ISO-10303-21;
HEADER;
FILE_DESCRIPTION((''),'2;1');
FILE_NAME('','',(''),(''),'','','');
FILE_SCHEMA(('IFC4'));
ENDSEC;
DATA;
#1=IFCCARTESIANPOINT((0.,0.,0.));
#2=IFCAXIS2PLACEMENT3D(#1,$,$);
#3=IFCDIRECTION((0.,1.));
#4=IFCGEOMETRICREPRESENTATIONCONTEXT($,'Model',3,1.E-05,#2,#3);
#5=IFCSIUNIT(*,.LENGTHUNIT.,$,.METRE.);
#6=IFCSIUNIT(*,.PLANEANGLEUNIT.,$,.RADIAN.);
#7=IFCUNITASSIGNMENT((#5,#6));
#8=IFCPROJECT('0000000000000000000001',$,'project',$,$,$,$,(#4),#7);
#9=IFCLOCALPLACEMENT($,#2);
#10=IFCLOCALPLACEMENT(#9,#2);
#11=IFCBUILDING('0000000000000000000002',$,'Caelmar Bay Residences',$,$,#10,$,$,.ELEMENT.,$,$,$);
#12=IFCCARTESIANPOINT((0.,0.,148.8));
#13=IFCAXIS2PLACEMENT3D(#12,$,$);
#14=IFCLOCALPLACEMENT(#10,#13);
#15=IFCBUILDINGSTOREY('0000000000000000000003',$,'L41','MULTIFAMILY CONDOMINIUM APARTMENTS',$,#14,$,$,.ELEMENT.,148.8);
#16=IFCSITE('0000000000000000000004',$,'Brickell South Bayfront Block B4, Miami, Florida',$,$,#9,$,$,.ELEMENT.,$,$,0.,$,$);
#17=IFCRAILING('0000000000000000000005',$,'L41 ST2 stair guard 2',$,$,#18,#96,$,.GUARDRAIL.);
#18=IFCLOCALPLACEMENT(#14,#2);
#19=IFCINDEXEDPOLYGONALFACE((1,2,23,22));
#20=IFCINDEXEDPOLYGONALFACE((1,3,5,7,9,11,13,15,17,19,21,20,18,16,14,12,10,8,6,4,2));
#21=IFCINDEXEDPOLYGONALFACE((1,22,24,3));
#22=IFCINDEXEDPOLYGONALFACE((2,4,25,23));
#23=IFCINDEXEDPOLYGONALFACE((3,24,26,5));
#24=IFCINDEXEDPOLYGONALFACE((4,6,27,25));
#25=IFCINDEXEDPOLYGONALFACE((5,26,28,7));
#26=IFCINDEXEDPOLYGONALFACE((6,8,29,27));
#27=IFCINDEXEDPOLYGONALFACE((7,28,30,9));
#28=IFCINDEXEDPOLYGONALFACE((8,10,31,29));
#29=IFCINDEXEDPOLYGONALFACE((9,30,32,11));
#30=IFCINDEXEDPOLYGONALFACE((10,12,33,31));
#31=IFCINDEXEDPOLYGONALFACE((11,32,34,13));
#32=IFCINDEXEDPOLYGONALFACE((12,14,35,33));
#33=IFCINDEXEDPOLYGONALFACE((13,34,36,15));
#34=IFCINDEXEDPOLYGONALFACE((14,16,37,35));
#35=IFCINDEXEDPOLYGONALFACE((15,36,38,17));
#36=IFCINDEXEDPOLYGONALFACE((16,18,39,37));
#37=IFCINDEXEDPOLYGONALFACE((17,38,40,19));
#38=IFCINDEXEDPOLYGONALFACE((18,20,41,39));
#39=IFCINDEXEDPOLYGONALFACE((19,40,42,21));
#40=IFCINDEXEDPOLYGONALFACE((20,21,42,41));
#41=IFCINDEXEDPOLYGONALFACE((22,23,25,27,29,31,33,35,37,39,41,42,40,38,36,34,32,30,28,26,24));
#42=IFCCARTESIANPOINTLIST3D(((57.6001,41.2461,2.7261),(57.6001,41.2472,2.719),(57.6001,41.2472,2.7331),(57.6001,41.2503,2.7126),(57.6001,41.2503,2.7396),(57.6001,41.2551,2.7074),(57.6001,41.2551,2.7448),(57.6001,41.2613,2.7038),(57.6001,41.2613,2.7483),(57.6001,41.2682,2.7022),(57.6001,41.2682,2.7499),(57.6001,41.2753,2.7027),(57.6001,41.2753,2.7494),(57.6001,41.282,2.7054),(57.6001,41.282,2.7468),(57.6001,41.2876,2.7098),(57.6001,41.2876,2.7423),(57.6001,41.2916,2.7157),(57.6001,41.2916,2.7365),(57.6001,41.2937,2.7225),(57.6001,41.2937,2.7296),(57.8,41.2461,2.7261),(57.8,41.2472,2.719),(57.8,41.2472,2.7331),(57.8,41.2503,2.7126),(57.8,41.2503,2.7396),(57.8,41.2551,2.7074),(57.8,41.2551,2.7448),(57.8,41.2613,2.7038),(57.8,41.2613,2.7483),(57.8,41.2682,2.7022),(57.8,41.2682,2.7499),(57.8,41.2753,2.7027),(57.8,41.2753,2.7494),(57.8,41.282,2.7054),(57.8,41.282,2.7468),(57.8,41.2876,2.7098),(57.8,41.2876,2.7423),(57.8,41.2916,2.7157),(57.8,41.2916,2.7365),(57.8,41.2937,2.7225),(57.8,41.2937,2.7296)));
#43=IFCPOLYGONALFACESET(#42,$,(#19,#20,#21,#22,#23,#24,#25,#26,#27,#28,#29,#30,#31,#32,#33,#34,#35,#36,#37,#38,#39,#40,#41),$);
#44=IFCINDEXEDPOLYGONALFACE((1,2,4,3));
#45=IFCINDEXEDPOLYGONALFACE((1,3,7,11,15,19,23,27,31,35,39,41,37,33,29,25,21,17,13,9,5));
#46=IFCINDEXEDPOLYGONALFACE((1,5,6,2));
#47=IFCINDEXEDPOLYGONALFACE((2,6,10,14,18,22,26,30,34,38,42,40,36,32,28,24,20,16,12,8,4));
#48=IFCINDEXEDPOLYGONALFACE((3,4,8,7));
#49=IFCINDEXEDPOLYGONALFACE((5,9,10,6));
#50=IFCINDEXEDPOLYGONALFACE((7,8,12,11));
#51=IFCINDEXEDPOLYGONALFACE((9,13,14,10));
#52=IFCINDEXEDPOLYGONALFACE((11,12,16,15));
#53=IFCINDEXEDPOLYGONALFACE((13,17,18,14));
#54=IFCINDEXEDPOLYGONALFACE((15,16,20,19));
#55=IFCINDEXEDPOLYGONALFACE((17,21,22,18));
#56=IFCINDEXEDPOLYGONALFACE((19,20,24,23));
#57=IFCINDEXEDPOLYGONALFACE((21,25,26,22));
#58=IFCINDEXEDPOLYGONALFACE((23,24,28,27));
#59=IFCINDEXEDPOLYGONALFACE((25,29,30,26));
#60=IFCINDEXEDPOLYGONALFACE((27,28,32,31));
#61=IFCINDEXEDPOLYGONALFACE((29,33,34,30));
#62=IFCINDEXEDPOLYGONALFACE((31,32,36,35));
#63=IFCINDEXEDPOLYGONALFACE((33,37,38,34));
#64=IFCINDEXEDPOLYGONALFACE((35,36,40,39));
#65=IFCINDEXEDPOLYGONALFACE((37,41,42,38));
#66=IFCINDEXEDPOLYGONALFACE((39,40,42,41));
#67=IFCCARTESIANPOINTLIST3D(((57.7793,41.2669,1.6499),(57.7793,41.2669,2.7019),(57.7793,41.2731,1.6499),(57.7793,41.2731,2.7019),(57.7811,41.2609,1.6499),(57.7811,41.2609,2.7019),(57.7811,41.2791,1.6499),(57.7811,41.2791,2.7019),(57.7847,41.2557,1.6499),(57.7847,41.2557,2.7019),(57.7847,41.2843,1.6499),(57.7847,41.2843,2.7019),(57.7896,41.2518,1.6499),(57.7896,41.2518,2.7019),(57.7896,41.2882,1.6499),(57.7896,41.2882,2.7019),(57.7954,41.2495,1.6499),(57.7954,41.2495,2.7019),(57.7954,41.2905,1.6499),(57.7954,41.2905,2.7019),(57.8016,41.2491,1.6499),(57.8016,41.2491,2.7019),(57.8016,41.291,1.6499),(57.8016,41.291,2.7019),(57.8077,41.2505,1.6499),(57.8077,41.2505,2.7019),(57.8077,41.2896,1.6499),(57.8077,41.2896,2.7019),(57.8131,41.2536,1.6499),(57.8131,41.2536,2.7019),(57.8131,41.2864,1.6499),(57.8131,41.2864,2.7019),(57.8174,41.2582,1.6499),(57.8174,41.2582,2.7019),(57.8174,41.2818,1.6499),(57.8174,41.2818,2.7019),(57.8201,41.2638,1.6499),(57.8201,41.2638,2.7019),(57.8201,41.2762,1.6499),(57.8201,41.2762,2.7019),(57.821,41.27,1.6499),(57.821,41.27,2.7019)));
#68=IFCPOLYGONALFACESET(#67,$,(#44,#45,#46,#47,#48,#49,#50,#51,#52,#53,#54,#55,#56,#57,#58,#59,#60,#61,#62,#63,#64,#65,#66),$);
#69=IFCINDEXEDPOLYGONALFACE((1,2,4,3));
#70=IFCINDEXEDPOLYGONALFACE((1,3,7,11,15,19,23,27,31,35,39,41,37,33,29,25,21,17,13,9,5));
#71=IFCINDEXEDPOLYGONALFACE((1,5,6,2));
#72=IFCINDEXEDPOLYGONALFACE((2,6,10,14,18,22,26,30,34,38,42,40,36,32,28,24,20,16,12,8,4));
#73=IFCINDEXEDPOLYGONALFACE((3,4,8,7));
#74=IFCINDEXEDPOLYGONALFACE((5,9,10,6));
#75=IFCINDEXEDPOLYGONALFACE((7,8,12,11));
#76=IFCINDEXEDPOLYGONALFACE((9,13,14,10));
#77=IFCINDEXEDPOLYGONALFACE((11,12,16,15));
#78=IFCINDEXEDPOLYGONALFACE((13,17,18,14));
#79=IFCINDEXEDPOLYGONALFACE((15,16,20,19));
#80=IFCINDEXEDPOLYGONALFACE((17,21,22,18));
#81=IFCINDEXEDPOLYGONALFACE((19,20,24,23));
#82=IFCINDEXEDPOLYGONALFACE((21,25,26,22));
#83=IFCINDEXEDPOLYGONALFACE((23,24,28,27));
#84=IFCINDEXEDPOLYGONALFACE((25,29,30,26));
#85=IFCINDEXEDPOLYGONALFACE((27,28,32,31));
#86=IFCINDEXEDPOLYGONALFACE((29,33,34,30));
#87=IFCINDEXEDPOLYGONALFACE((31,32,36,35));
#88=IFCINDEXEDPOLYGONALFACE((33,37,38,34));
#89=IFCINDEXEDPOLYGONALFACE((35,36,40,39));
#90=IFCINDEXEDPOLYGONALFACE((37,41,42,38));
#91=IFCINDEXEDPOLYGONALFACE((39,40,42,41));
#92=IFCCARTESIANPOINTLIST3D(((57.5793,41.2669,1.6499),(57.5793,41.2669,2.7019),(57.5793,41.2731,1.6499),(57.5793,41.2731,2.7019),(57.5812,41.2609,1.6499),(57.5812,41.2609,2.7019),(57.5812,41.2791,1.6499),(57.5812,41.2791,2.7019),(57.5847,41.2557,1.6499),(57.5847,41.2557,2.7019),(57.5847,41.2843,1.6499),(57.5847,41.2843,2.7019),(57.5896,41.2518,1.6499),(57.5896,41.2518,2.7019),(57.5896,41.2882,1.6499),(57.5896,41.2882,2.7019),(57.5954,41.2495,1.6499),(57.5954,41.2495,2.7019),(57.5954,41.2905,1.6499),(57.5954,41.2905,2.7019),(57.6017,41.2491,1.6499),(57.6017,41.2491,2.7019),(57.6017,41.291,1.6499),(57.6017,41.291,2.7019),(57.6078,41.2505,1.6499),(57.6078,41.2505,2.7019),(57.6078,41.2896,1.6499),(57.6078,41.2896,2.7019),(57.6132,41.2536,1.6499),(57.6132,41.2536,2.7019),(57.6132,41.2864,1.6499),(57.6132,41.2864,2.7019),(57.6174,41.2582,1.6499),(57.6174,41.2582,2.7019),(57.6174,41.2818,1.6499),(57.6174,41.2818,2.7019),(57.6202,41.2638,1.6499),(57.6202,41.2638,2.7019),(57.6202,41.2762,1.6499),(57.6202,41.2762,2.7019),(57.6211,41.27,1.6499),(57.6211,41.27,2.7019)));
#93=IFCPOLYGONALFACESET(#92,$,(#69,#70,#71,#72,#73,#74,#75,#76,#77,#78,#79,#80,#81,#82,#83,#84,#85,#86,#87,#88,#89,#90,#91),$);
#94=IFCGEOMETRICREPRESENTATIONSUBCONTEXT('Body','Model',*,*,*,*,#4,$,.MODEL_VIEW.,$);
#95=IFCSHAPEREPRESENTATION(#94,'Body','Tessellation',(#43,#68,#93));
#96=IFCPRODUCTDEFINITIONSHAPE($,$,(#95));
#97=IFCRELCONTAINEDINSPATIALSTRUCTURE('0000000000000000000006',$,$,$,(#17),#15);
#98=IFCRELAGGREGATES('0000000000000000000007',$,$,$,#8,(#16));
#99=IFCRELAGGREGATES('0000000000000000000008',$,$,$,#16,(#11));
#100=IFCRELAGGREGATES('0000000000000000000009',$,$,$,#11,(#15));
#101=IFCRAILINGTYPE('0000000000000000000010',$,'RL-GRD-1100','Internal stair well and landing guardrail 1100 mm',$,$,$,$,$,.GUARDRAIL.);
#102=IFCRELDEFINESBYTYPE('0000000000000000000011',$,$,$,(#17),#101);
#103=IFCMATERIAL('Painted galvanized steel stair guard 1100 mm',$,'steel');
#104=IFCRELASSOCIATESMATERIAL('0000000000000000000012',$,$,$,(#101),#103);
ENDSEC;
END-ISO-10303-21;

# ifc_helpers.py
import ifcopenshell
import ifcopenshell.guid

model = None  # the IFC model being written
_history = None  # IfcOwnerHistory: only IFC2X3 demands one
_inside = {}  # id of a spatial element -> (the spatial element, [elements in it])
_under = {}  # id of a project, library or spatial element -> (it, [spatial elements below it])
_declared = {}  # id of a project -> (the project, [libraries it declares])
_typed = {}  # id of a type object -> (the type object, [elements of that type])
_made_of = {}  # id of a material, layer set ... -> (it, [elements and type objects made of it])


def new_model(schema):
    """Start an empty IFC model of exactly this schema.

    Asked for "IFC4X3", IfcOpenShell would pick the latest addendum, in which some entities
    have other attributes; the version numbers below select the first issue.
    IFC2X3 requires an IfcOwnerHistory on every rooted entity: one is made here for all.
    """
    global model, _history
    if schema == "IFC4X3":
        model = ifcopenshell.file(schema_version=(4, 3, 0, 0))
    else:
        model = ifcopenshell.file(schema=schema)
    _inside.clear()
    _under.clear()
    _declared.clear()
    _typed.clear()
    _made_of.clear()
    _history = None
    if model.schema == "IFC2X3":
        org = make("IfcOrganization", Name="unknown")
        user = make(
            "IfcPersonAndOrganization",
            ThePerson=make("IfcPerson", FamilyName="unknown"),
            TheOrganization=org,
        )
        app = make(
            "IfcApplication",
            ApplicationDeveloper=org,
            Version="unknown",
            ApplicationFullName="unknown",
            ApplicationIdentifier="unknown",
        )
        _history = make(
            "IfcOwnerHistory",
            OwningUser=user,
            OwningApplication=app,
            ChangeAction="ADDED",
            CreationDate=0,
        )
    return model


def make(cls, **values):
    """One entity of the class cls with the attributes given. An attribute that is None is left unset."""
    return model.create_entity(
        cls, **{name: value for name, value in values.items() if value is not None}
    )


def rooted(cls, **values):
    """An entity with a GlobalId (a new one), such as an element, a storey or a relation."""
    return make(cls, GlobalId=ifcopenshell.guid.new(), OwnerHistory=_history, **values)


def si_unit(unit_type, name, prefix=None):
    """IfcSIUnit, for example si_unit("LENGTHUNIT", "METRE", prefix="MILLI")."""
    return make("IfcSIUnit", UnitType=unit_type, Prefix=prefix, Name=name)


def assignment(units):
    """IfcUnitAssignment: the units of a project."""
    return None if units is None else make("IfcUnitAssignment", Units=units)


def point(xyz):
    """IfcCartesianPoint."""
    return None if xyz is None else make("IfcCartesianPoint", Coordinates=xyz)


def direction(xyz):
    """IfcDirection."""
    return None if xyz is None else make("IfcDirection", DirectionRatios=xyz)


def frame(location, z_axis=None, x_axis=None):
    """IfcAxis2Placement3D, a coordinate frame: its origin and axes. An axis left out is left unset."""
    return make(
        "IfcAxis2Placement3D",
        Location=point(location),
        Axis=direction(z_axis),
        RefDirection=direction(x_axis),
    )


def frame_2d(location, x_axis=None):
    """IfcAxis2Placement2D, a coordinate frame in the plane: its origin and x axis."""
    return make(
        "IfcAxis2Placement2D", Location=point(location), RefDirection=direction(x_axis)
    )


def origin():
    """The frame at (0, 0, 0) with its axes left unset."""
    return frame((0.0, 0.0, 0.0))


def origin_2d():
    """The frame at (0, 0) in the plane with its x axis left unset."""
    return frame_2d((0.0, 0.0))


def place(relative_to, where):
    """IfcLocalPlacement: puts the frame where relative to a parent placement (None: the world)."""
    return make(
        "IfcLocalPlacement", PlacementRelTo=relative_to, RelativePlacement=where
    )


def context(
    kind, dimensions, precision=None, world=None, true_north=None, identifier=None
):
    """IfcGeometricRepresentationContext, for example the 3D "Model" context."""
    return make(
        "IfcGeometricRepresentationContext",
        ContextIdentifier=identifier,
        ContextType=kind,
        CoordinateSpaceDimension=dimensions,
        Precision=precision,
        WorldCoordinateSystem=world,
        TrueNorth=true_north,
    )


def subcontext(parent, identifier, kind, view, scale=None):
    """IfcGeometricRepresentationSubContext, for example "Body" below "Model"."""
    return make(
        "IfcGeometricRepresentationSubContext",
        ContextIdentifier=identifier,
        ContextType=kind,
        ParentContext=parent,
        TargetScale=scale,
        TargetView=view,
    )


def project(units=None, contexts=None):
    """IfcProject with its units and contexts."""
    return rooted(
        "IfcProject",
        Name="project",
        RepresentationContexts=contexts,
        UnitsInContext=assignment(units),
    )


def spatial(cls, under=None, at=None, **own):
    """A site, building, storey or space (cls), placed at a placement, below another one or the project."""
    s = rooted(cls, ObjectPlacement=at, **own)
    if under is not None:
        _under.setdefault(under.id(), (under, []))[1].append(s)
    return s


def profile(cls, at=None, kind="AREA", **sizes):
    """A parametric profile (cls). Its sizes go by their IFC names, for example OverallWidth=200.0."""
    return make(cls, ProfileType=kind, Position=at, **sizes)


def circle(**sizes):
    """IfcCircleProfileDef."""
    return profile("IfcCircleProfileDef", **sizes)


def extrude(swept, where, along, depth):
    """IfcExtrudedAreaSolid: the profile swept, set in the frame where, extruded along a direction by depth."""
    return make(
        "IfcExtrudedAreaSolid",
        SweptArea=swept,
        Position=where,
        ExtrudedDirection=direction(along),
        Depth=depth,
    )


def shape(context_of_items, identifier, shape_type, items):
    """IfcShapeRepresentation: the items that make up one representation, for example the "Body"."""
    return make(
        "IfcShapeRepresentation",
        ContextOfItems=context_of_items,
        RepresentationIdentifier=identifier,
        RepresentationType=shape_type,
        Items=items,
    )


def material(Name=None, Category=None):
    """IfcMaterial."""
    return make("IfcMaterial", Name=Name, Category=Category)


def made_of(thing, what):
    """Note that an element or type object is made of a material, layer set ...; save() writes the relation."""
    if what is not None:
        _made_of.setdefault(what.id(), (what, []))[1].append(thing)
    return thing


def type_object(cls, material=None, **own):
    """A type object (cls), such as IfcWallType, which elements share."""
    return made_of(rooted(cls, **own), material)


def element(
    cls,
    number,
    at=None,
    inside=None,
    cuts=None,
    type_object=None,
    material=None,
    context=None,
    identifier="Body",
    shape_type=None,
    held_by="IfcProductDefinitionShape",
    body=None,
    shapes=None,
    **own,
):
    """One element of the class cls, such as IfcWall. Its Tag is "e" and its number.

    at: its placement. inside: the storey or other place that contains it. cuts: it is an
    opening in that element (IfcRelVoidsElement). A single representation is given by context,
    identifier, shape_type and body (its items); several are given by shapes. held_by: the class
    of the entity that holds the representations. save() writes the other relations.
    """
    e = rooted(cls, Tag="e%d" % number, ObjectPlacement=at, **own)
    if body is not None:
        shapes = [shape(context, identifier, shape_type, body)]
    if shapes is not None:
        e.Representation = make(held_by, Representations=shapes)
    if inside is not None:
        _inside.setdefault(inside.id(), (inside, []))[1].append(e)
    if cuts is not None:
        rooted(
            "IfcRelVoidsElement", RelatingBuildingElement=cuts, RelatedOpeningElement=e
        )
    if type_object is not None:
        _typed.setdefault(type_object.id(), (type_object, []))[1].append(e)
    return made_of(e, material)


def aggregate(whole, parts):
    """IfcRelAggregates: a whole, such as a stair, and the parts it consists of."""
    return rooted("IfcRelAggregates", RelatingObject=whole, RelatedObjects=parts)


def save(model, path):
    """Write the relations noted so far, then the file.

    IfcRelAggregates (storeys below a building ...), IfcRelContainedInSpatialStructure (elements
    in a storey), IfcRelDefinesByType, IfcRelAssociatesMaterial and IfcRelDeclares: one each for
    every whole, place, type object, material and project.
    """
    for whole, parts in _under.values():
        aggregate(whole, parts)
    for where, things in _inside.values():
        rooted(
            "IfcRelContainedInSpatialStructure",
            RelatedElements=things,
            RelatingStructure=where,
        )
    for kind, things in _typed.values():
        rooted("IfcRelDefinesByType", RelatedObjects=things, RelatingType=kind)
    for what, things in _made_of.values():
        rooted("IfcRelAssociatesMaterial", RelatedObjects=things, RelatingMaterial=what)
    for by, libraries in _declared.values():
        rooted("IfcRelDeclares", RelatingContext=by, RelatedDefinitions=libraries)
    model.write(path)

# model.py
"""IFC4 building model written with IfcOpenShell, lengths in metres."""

from ifc_helpers import new_model, si_unit, direction, frame, origin, origin_2d, place, context, subcontext, project, spatial, circle, extrude, material, type_object, element, save


model = new_model("IFC4")

# Units and contexts
model_context = context("Model", 3, precision=1e-05, world=origin(), true_north=direction((0.0, 1.0)))
body_context = subcontext(model_context, "Body", "Model", "MODEL_VIEW")
ifc_project = project(units=[si_unit("LENGTHUNIT", "METRE"), si_unit("PLANEANGLEUNIT", "RADIAN")], contexts=[model_context])

# Site, building, storey
site_placement = place(None, origin())
site = spatial("IfcSite", under=ifc_project, at=site_placement, Name="Brickell South Bayfront Block B4, Miami, Florida", CompositionType="ELEMENT", RefElevation=0.0)
building_placement = place(site_placement, origin())
building = spatial("IfcBuilding", under=site, at=building_placement, Name="Caelmar Bay Residences", CompositionType="ELEMENT")
storey_placement = place(building_placement, frame((0.0, 0.0, 148.8)))
storey = spatial("IfcBuildingStorey", under=building, at=storey_placement, Name="L41", Description="MULTIFAMILY CONDOMINIUM APARTMENTS", CompositionType="ELEMENT", Elevation=148.8)

# Railing
ifc_material_1 = material(Name="Painted galvanized steel stair guard 1100 mm", Category="steel")
railing_type_1 = type_object("IfcRailingType", Name="RL-GRD-1100", Description="Internal stair well and landing guardrail 1100 mm", PredefinedType="GUARDRAIL", material=ifc_material_1)
railing_1_placement = place(storey_placement, frame((57.8, 41.27, 1.6499)))
element("IfcRailing", 1, at=railing_1_placement, inside=storey, type_object=railing_type_1, Name="L41 ST2 stair guard 2", PredefinedType="GUARDRAIL", context=body_context, shape_type="SweptSolid", body=[
    extrude(circle(Radius=0.0239, at=origin_2d()), frame((0.0, 0.0, 1.0762), z_axis=(-1.0, 0.0, 0.0), x_axis=(0.0, -1.0, 0.0)), (0.0, 0.0, 1.0), 0.2),
    extrude(circle(Radius=0.021, at=origin_2d()), origin(), (0.0, 0.0, 1.0), 1.052),
    extrude(circle(Radius=0.021, at=origin_2d()), frame((-0.2, 0.0, 0.0)), (0.0, 0.0, 1.0), 1.052),
])

save(model, "model.ifc")
